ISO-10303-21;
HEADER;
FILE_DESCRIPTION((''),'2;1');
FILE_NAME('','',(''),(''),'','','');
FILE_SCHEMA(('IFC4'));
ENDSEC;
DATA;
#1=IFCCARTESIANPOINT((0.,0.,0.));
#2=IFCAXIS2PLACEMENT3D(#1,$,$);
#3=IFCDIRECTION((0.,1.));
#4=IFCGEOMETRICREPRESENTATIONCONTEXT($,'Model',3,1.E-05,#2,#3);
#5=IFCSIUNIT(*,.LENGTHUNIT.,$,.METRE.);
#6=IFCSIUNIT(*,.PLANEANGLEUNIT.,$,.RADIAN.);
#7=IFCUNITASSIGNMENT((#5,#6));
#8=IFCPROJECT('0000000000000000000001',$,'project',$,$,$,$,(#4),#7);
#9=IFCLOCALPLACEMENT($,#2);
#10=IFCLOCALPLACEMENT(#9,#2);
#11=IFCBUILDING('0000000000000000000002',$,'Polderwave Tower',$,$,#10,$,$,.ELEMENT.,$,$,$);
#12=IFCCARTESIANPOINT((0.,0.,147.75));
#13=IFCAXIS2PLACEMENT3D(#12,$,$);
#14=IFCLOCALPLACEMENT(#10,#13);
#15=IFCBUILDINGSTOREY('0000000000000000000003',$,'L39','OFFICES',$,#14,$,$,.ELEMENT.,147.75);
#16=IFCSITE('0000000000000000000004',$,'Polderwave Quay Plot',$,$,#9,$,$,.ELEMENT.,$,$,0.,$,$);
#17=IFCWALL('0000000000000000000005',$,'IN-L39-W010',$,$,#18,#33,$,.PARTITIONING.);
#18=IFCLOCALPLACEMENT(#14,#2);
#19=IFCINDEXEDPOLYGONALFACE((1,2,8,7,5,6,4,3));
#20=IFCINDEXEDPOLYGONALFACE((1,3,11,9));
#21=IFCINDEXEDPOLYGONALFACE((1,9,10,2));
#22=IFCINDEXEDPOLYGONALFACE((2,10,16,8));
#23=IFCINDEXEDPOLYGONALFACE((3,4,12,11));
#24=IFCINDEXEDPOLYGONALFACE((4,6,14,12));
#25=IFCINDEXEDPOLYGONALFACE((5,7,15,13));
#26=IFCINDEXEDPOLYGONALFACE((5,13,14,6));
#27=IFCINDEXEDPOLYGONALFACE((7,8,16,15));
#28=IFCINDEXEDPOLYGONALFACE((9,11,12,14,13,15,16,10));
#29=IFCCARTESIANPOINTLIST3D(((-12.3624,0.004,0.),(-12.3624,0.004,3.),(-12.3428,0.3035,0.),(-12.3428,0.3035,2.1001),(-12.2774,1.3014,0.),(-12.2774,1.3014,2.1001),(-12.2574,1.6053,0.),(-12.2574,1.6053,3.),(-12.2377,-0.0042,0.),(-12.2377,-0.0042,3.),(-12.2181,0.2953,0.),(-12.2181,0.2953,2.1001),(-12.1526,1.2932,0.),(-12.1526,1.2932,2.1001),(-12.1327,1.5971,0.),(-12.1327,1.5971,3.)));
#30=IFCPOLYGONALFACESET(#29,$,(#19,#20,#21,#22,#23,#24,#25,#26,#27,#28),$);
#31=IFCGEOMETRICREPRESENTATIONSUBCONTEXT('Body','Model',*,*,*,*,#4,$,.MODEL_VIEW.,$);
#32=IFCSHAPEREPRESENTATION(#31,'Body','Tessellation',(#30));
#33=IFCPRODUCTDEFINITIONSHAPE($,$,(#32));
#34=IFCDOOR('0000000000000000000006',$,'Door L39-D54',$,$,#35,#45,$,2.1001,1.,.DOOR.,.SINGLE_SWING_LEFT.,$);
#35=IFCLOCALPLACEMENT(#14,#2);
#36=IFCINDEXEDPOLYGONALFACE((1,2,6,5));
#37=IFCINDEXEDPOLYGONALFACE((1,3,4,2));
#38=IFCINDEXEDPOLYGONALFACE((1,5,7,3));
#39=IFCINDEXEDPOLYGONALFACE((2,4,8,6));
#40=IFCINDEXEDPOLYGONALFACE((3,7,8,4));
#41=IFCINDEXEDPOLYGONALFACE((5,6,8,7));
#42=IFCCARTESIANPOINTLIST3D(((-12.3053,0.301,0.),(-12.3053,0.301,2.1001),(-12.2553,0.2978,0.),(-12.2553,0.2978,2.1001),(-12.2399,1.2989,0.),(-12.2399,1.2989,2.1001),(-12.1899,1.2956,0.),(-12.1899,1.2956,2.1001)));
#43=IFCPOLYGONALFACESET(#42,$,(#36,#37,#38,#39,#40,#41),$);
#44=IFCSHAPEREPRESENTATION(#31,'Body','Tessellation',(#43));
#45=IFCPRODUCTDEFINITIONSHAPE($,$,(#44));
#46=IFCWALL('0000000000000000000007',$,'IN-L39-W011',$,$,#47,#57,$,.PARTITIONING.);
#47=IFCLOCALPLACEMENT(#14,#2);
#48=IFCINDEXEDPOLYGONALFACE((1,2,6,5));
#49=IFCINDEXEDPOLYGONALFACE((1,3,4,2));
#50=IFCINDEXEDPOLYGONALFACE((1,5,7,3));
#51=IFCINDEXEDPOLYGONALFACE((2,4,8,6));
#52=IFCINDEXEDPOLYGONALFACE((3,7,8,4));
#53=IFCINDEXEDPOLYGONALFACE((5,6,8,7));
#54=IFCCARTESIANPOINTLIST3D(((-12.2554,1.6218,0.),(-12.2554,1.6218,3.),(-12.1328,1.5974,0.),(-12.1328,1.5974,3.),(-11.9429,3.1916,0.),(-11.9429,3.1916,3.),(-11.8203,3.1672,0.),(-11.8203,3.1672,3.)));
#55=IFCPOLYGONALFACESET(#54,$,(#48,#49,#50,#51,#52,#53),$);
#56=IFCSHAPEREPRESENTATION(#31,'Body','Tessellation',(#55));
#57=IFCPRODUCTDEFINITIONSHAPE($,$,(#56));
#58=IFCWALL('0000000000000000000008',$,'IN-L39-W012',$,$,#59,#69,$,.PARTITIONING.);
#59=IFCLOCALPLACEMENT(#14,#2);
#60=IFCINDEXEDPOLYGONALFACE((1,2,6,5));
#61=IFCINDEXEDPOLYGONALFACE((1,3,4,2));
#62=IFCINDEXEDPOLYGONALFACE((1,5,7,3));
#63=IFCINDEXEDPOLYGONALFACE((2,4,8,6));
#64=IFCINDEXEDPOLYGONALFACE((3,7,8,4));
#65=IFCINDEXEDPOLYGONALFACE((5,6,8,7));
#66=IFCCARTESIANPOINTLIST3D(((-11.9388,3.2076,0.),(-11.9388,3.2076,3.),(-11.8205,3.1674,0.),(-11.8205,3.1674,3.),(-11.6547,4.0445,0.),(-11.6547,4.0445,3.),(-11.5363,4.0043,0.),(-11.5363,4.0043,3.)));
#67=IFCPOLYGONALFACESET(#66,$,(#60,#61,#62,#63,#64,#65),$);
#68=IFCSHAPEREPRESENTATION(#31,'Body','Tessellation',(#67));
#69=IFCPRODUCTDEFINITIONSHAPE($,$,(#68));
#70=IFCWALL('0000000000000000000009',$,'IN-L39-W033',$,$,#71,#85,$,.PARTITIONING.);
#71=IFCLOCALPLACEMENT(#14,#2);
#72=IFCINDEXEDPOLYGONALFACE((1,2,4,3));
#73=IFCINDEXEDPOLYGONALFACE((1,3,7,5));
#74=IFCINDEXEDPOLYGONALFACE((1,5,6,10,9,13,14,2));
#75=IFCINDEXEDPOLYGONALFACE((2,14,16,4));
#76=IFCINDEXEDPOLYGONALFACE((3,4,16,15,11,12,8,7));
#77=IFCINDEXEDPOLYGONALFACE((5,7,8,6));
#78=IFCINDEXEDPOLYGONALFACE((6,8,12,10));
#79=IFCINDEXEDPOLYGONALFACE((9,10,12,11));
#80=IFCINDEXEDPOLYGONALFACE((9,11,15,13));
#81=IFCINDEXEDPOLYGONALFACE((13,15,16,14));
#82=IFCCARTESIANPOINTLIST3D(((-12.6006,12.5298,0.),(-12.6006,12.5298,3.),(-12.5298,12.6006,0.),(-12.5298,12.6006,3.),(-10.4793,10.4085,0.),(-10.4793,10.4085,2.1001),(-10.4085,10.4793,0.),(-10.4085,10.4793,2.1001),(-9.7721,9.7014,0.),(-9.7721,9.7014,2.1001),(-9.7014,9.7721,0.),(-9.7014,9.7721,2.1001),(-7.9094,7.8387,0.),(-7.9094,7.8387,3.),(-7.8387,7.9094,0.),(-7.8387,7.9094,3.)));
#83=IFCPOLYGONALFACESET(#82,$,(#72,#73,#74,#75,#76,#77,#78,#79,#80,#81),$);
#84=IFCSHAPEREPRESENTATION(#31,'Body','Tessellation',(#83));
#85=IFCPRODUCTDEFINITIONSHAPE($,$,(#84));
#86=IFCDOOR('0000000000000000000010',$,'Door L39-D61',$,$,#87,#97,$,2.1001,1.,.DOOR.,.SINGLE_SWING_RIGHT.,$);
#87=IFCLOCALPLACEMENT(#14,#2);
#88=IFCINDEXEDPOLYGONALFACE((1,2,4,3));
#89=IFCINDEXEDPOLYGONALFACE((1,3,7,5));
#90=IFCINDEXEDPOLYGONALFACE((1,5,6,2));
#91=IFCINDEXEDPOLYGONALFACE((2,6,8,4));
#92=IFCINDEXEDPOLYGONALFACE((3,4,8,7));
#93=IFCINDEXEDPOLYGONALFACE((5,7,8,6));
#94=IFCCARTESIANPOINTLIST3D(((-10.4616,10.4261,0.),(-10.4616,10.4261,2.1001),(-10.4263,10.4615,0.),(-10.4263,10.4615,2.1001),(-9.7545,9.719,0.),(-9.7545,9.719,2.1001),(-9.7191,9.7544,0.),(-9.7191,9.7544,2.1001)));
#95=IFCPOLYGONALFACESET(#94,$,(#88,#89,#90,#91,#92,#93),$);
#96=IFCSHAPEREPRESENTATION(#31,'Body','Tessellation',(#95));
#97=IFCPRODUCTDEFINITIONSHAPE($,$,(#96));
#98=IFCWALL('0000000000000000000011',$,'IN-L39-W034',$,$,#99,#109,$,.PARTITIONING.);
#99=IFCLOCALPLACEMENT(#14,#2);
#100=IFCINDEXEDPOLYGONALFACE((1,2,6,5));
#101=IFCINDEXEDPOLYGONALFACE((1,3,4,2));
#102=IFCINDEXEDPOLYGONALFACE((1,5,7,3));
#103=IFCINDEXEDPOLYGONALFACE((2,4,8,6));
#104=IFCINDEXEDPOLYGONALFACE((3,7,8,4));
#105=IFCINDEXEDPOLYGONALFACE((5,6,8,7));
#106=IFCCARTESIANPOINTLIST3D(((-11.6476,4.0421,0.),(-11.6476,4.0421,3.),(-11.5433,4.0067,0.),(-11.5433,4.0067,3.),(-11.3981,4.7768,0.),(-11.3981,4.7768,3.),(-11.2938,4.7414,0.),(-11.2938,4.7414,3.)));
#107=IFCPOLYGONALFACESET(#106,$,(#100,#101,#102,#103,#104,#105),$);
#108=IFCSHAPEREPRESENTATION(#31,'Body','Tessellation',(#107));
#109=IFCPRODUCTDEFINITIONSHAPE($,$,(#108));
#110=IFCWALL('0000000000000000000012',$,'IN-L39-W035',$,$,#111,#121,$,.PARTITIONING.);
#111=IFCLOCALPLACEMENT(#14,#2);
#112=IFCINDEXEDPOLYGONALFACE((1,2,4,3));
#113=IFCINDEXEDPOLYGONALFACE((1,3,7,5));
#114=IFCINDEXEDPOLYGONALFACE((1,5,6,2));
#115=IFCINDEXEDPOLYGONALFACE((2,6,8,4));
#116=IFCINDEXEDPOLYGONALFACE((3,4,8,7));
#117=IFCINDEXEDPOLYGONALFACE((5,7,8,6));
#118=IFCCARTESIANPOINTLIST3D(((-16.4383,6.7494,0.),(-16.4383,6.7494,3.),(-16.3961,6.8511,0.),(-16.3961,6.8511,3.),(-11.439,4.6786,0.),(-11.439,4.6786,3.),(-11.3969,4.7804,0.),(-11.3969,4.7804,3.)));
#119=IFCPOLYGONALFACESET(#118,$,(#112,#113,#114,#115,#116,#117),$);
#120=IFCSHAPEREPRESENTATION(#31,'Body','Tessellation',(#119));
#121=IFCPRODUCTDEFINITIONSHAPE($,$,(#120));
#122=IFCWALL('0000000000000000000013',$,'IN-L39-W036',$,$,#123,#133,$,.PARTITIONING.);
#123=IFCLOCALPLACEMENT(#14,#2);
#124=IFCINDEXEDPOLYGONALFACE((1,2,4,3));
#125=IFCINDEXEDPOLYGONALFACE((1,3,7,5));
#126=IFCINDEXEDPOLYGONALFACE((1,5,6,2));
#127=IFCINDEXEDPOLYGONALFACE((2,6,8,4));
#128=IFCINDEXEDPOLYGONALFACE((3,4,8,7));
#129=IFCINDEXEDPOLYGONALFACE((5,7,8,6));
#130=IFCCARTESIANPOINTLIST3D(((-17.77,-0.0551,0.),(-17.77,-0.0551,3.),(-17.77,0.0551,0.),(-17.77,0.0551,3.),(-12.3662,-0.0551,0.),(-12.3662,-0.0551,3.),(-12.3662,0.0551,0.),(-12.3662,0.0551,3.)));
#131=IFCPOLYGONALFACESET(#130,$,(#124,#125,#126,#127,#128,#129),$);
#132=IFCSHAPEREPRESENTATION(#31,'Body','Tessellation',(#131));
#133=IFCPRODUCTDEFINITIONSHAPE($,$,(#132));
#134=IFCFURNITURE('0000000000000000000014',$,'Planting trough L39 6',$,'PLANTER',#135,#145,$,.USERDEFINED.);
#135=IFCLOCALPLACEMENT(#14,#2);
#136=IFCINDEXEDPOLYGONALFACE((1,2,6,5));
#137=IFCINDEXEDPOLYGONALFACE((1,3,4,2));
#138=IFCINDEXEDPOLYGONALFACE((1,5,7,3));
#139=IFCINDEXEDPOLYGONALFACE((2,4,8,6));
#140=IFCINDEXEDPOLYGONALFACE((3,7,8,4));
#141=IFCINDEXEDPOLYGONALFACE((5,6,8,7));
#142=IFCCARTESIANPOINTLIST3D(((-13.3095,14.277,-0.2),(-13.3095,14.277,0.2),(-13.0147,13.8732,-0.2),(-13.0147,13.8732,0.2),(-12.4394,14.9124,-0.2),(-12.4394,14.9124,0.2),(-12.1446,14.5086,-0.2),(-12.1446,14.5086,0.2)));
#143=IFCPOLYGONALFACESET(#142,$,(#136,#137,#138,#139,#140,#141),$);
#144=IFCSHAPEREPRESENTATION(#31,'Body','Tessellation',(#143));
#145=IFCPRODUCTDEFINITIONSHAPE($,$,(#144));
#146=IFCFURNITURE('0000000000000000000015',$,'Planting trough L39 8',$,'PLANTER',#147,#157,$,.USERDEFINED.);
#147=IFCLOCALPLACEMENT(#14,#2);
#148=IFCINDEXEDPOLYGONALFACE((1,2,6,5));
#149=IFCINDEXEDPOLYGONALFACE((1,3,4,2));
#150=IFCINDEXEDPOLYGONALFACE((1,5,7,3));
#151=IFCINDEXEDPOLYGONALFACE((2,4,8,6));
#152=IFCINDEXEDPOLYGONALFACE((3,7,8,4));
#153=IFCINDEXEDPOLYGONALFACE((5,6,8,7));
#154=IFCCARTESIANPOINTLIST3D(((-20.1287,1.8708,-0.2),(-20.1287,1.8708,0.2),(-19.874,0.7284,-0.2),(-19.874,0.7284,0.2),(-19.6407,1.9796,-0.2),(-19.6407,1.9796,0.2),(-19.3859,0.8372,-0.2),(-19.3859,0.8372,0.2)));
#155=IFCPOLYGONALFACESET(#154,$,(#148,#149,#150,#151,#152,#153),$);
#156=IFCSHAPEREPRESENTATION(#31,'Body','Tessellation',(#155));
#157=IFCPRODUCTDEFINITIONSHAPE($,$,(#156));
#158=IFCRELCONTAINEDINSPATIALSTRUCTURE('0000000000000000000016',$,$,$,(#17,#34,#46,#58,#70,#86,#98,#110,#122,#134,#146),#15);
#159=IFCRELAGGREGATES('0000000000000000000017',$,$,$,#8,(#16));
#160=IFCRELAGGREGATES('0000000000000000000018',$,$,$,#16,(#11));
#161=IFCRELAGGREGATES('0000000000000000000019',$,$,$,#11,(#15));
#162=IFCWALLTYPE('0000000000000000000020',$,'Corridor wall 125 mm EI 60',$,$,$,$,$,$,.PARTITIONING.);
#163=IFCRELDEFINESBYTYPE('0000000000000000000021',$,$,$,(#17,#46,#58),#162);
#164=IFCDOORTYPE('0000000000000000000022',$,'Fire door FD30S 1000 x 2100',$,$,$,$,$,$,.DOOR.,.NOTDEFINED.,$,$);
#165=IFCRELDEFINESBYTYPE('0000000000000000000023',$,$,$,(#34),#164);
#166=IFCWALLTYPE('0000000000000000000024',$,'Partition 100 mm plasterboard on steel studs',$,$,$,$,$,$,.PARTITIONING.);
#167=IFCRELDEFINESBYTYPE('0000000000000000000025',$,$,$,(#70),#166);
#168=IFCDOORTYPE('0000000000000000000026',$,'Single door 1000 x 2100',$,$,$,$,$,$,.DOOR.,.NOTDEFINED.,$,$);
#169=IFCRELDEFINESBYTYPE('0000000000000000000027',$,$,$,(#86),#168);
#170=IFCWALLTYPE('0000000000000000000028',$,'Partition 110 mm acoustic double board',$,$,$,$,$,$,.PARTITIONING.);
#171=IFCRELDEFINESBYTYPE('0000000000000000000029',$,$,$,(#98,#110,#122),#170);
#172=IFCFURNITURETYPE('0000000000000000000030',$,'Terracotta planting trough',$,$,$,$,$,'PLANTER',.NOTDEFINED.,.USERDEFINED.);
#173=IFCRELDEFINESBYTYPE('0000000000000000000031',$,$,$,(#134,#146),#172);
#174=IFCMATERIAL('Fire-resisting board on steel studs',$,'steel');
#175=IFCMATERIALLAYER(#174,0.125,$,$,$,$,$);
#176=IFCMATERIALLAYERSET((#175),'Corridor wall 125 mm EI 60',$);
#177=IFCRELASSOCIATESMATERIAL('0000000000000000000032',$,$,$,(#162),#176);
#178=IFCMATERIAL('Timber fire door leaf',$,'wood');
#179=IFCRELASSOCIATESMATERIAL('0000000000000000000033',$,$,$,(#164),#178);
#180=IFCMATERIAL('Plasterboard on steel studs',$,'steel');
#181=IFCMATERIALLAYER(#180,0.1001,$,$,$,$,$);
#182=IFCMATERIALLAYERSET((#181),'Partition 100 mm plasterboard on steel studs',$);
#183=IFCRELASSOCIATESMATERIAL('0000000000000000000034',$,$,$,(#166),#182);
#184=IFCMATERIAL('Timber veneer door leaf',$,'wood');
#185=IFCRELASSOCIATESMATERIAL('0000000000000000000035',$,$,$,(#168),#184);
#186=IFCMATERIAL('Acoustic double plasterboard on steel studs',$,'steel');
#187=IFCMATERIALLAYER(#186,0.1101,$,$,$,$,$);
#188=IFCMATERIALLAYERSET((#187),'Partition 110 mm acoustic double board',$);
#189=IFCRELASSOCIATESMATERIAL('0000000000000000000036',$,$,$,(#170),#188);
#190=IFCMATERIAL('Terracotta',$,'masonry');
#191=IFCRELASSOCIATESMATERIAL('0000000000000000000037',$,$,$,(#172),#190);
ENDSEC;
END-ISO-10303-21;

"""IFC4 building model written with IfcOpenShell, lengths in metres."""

from ifc_helpers import new_model, si_unit, direction, frame, frame_2d, origin, origin_2d, place, context, subcontext, project, spatial, rectangle, extrude, material, layer, layer_set, type_object, element, fill, save


model = new_model("IFC4")

# Units and contexts
model_context = context("Model", 3, precision=1e-05, world=origin(), true_north=direction((0.0, 1.0)))
body_context = subcontext(model_context, "Body", "Model", "MODEL_VIEW")
ifc_project = project(units=[si_unit("LENGTHUNIT", "METRE"), si_unit("PLANEANGLEUNIT", "RADIAN")], contexts=[model_context])

# Site, building, storey
site_placement = place(None, origin())
site = spatial("IfcSite", under=ifc_project, at=site_placement, Name="Polderwave Quay Plot", CompositionType="ELEMENT", RefElevation=0.0)
building_placement = place(site_placement, origin())
building = spatial("IfcBuilding", under=site, at=building_placement, Name="Polderwave Tower", CompositionType="ELEMENT")
storey_placement = place(building_placement, frame((0.0, 0.0, 147.75)))
storey = spatial("IfcBuildingStorey", under=building, at=storey_placement, Name="L39", Description="OFFICES", CompositionType="ELEMENT", Elevation=147.75)

# Wall, opening, door
ifc_material_1 = material(Name="Fire-resisting board on steel studs", Category="steel")
ifc_layer_1 = layer(ifc_material_1, 0.125)
ifc_layer_set_1 = layer_set([ifc_layer_1], Name="Corridor wall 125 mm EI 60")
wall_type_1 = type_object("IfcWallType", Name="Corridor wall 125 mm EI 60", PredefinedType="PARTITIONING", material=ifc_layer_set_1)
ifc_material_2 = material(Name="Timber fire door leaf", Category="wood")
door_type_1 = type_object("IfcDoorType", Name="Fire door FD30S 1000 x 2100", OperationType="NOTDEFINED", PredefinedType="DOOR", material=ifc_material_2)
wall_1_placement = place(storey_placement, frame((-12.3, 0.0, 0.0), z_axis=(0.0, 0.0, 1.0), x_axis=(0.065418, 0.997858, 0.0)))
wall_1 = element("IfcWall", 1, at=wall_1_placement, inside=storey, type_object=wall_type_1, Name="IN-L39-W010", PredefinedType="PARTITIONING", context=body_context, shape_type="SweptSolid", body=[
    extrude(rectangle(XDim=1.6047, YDim=0.125, at=frame_2d((0.8022, 0.0))), origin(), (0.0, 0.0, 1.0), 3.0),
])
opening_1_placement = place(wall_1_placement, frame((0.3, 0.0, 0.0)))
opening_1 = element("IfcOpeningElement", 2, at=opening_1_placement, cuts=wall_1, PredefinedType="OPENING", context=body_context, shape_type="SweptSolid", body=[
    extrude(rectangle(XDim=1.0, YDim=2.1001, at=frame_2d((0.5, 1.05))), frame((0.0, 0.0725, 0.0), z_axis=(0.0, -1.0, 0.0), x_axis=(1.0, 0.0, 0.0)), (0.0, 0.0, 1.0), 0.145),
])
door_1_placement = place(opening_1_placement, origin())
door_1 = element("IfcDoor", 3, at=door_1_placement, inside=storey, type_object=door_type_1, Name="Door L39-D54", OperationType="SINGLE_SWING_LEFT", OverallHeight=2.1001, OverallWidth=1.0, PredefinedType="DOOR", context=body_context, shape_type="SweptSolid", body=[
    extrude(rectangle(XDim=1.0, YDim=2.1001, at=frame_2d((0.5, 1.05))), frame((0.0, 0.0249, 0.0), z_axis=(0.0, -1.0, 0.0), x_axis=(1.0, 0.0, 0.0)), (0.0, 0.0, 1.0), 0.05),
])
fill(opening_1, door_1)

# Walls
wall_2_placement = place(storey_placement, frame((-12.1941, 1.6096, 0.0), z_axis=(0.0, 0.0, 1.0), x_axis=(0.195236, 0.980756, 0.0)))
element("IfcWall", 4, at=wall_2_placement, inside=storey, type_object=wall_type_1, Name="IN-L39-W011", PredefinedType="PARTITIONING", context=body_context, shape_type="SweptSolid", body=[
    extrude(rectangle(XDim=1.6006, YDim=0.125, at=frame_2d((0.8003, 0.0))), origin(), (0.0, 0.0, 1.0), 3.0),
])
wall_3_placement = place(storey_placement, frame((-11.8796, 3.1875, 0.0), z_axis=(0.0, 0.0, 1.0), x_axis=(0.321526, 0.946901, 0.0)))
element("IfcWall", 5, at=wall_3_placement, inside=storey, type_object=wall_type_1, Name="IN-L39-W012", PredefinedType="PARTITIONING", context=body_context, shape_type="SweptSolid", body=[
    extrude(rectangle(XDim=0.8838, YDim=0.125, at=frame_2d((0.4419, 0.0))), origin(), (0.0, 0.0, 1.0), 3.0),
])

# Wall, opening, door
ifc_material_3 = material(Name="Plasterboard on steel studs", Category="steel")
ifc_layer_2 = layer(ifc_material_3, 0.1001)
ifc_layer_set_2 = layer_set([ifc_layer_2], Name="Partition 100 mm plasterboard on steel studs")
wall_type_2 = type_object("IfcWallType", Name="Partition 100 mm plasterboard on steel studs", PredefinedType="PARTITIONING", material=ifc_layer_set_2)
wall_4_placement = place(storey_placement, frame((-12.5652, 12.5652, 0.0), z_axis=(0.0, 0.0, 1.0), x_axis=(0.707107, -0.707107, 0.0)))
wall_4 = element("IfcWall", 6, at=wall_4_placement, inside=storey, type_object=wall_type_2, Name="IN-L39-W033", PredefinedType="PARTITIONING", context=body_context, shape_type="SweptSolid", body=[
    extrude(rectangle(XDim=6.6343, YDim=0.1001, at=frame_2d((3.3171, 0.0))), origin(), (0.0, 0.0, 1.0), 3.0),
])
opening_2_placement = place(wall_4_placement, frame((3.0, 0.0, 0.0)))
opening_2 = element("IfcOpeningElement", 7, at=opening_2_placement, cuts=wall_4, PredefinedType="OPENING", context=body_context, shape_type="SweptSolid", body=[
    extrude(rectangle(XDim=1.0, YDim=2.1001, at=frame_2d((0.5, 1.05))), frame((0.0, 0.0601, 0.0), z_axis=(0.0, -1.0, 0.0), x_axis=(1.0, 0.0, 0.0)), (0.0, 0.0, 1.0), 0.1201),
])
ifc_material_4 = material(Name="Timber veneer door leaf", Category="wood")
door_type_2 = type_object("IfcDoorType", Name="Single door 1000 x 2100", OperationType="NOTDEFINED", PredefinedType="DOOR", material=ifc_material_4)
door_2_placement = place(opening_2_placement, origin())
door_2 = element("IfcDoor", 8, at=door_2_placement, inside=storey, type_object=door_type_2, Name="Door L39-D61", OperationType="SINGLE_SWING_RIGHT", OverallHeight=2.1001, OverallWidth=1.0, PredefinedType="DOOR", context=body_context, shape_type="SweptSolid", body=[
    extrude(rectangle(XDim=1.0, YDim=2.1001, at=frame_2d((0.5, 1.05))), frame((0.0, 0.0249, 0.0), z_axis=(0.0, -1.0, 0.0), x_axis=(1.0, 0.0, 0.0)), (0.0, 0.0, 1.0), 0.05),
])
fill(opening_2, door_2)

# Walls
ifc_material_5 = material(Name="Acoustic double plasterboard on steel studs", Category="steel")
ifc_layer_3 = layer(ifc_material_5, 0.1101)
ifc_layer_set_3 = layer_set([ifc_layer_3], Name="Partition 110 mm acoustic double board")
wall_type_3 = type_object("IfcWallType", Name="Partition 110 mm acoustic double board", PredefinedType="PARTITIONING", material=ifc_layer_set_3)
wall_5_placement = place(storey_placement, frame((-11.5955, 4.0244, 0.0), z_axis=(0.0, 0.0, 1.0), x_axis=(0.321604, 0.946874, 0.0)))
element("IfcWall", 9, at=wall_5_placement, inside=storey, type_object=wall_type_3, Name="IN-L39-W034", PredefinedType="PARTITIONING", context=body_context, shape_type="SweptSolid", body=[
    extrude(rectangle(XDim=0.7759, YDim=0.1101, at=frame_2d((0.3879, 0.0))), origin(), (0.0, 0.0, 1.0), 3.0),
])
wall_6_placement = place(storey_placement, frame((-11.418, 4.7295, 0.0), z_axis=(0.0, 0.0, 1.0), x_axis=(-0.923877, 0.382689, 0.0)))
element("IfcWall", 10, at=wall_6_placement, inside=storey, type_object=wall_type_3, Name="IN-L39-W035", PredefinedType="PARTITIONING", context=body_context, shape_type="SweptSolid", body=[
    extrude(rectangle(XDim=5.4111, YDim=0.1101, at=frame_2d((2.7056, 0.0))), origin(), (0.0, 0.0, 1.0), 3.0),
])
wall_7_placement = place(storey_placement, frame((-12.3662, 0.0, 0.0), z_axis=(0.0, 0.0, 1.0), x_axis=(-1.0, 0.0, 0.0)))
element("IfcWall", 11, at=wall_7_placement, inside=storey, type_object=wall_type_3, Name="IN-L39-W036", PredefinedType="PARTITIONING", context=body_context, shape_type="SweptSolid", body=[
    extrude(rectangle(XDim=5.4038, YDim=0.1101, at=frame_2d((2.7019, 0.0))), origin(), (0.0, 0.0, 1.0), 3.0),
])

# Furniture
ifc_material_6 = material(Name="Terracotta", Category="masonry")
furniture_type = type_object("IfcFurnitureType", Name="Terracotta planting trough", ElementType="PLANTER", AssemblyPlace="NOTDEFINED", PredefinedType="USERDEFINED", material=ifc_material_6)
furniture_1_placement = place(storey_placement, frame((-12.7271, 14.3928, -0.2), z_axis=(0.0, 0.0, 1.0), x_axis=(-0.807599, -0.589732, 0.0)))
element("IfcFurniture", 12, at=furniture_1_placement, inside=storey, type_object=furniture_type, Name="Planting trough L39 6", ObjectType="PLANTER", PredefinedType="USERDEFINED", context=body_context, shape_type="SweptSolid", body=[
    extrude(rectangle(XDim=1.0774, YDim=0.5, at=origin_2d()), origin(), (0.0, 0.0, 1.0), 0.3999),
])
furniture_2_placement = place(storey_placement, frame((-19.7573, 1.354, -0.2), z_axis=(0.0, 0.0, 1.0), x_axis=(0.217653, -0.976026, 0.0)))
element("IfcFurniture", 13, at=furniture_2_placement, inside=storey, type_object=furniture_type, Name="Planting trough L39 8", ObjectType="PLANTER", PredefinedType="USERDEFINED", context=body_context, shape_type="SweptSolid", body=[
    extrude(rectangle(XDim=1.1704, YDim=0.5, at=origin_2d()), origin(), (0.0, 0.0, 1.0), 0.3999),
])

save(model, "model.ifc")
